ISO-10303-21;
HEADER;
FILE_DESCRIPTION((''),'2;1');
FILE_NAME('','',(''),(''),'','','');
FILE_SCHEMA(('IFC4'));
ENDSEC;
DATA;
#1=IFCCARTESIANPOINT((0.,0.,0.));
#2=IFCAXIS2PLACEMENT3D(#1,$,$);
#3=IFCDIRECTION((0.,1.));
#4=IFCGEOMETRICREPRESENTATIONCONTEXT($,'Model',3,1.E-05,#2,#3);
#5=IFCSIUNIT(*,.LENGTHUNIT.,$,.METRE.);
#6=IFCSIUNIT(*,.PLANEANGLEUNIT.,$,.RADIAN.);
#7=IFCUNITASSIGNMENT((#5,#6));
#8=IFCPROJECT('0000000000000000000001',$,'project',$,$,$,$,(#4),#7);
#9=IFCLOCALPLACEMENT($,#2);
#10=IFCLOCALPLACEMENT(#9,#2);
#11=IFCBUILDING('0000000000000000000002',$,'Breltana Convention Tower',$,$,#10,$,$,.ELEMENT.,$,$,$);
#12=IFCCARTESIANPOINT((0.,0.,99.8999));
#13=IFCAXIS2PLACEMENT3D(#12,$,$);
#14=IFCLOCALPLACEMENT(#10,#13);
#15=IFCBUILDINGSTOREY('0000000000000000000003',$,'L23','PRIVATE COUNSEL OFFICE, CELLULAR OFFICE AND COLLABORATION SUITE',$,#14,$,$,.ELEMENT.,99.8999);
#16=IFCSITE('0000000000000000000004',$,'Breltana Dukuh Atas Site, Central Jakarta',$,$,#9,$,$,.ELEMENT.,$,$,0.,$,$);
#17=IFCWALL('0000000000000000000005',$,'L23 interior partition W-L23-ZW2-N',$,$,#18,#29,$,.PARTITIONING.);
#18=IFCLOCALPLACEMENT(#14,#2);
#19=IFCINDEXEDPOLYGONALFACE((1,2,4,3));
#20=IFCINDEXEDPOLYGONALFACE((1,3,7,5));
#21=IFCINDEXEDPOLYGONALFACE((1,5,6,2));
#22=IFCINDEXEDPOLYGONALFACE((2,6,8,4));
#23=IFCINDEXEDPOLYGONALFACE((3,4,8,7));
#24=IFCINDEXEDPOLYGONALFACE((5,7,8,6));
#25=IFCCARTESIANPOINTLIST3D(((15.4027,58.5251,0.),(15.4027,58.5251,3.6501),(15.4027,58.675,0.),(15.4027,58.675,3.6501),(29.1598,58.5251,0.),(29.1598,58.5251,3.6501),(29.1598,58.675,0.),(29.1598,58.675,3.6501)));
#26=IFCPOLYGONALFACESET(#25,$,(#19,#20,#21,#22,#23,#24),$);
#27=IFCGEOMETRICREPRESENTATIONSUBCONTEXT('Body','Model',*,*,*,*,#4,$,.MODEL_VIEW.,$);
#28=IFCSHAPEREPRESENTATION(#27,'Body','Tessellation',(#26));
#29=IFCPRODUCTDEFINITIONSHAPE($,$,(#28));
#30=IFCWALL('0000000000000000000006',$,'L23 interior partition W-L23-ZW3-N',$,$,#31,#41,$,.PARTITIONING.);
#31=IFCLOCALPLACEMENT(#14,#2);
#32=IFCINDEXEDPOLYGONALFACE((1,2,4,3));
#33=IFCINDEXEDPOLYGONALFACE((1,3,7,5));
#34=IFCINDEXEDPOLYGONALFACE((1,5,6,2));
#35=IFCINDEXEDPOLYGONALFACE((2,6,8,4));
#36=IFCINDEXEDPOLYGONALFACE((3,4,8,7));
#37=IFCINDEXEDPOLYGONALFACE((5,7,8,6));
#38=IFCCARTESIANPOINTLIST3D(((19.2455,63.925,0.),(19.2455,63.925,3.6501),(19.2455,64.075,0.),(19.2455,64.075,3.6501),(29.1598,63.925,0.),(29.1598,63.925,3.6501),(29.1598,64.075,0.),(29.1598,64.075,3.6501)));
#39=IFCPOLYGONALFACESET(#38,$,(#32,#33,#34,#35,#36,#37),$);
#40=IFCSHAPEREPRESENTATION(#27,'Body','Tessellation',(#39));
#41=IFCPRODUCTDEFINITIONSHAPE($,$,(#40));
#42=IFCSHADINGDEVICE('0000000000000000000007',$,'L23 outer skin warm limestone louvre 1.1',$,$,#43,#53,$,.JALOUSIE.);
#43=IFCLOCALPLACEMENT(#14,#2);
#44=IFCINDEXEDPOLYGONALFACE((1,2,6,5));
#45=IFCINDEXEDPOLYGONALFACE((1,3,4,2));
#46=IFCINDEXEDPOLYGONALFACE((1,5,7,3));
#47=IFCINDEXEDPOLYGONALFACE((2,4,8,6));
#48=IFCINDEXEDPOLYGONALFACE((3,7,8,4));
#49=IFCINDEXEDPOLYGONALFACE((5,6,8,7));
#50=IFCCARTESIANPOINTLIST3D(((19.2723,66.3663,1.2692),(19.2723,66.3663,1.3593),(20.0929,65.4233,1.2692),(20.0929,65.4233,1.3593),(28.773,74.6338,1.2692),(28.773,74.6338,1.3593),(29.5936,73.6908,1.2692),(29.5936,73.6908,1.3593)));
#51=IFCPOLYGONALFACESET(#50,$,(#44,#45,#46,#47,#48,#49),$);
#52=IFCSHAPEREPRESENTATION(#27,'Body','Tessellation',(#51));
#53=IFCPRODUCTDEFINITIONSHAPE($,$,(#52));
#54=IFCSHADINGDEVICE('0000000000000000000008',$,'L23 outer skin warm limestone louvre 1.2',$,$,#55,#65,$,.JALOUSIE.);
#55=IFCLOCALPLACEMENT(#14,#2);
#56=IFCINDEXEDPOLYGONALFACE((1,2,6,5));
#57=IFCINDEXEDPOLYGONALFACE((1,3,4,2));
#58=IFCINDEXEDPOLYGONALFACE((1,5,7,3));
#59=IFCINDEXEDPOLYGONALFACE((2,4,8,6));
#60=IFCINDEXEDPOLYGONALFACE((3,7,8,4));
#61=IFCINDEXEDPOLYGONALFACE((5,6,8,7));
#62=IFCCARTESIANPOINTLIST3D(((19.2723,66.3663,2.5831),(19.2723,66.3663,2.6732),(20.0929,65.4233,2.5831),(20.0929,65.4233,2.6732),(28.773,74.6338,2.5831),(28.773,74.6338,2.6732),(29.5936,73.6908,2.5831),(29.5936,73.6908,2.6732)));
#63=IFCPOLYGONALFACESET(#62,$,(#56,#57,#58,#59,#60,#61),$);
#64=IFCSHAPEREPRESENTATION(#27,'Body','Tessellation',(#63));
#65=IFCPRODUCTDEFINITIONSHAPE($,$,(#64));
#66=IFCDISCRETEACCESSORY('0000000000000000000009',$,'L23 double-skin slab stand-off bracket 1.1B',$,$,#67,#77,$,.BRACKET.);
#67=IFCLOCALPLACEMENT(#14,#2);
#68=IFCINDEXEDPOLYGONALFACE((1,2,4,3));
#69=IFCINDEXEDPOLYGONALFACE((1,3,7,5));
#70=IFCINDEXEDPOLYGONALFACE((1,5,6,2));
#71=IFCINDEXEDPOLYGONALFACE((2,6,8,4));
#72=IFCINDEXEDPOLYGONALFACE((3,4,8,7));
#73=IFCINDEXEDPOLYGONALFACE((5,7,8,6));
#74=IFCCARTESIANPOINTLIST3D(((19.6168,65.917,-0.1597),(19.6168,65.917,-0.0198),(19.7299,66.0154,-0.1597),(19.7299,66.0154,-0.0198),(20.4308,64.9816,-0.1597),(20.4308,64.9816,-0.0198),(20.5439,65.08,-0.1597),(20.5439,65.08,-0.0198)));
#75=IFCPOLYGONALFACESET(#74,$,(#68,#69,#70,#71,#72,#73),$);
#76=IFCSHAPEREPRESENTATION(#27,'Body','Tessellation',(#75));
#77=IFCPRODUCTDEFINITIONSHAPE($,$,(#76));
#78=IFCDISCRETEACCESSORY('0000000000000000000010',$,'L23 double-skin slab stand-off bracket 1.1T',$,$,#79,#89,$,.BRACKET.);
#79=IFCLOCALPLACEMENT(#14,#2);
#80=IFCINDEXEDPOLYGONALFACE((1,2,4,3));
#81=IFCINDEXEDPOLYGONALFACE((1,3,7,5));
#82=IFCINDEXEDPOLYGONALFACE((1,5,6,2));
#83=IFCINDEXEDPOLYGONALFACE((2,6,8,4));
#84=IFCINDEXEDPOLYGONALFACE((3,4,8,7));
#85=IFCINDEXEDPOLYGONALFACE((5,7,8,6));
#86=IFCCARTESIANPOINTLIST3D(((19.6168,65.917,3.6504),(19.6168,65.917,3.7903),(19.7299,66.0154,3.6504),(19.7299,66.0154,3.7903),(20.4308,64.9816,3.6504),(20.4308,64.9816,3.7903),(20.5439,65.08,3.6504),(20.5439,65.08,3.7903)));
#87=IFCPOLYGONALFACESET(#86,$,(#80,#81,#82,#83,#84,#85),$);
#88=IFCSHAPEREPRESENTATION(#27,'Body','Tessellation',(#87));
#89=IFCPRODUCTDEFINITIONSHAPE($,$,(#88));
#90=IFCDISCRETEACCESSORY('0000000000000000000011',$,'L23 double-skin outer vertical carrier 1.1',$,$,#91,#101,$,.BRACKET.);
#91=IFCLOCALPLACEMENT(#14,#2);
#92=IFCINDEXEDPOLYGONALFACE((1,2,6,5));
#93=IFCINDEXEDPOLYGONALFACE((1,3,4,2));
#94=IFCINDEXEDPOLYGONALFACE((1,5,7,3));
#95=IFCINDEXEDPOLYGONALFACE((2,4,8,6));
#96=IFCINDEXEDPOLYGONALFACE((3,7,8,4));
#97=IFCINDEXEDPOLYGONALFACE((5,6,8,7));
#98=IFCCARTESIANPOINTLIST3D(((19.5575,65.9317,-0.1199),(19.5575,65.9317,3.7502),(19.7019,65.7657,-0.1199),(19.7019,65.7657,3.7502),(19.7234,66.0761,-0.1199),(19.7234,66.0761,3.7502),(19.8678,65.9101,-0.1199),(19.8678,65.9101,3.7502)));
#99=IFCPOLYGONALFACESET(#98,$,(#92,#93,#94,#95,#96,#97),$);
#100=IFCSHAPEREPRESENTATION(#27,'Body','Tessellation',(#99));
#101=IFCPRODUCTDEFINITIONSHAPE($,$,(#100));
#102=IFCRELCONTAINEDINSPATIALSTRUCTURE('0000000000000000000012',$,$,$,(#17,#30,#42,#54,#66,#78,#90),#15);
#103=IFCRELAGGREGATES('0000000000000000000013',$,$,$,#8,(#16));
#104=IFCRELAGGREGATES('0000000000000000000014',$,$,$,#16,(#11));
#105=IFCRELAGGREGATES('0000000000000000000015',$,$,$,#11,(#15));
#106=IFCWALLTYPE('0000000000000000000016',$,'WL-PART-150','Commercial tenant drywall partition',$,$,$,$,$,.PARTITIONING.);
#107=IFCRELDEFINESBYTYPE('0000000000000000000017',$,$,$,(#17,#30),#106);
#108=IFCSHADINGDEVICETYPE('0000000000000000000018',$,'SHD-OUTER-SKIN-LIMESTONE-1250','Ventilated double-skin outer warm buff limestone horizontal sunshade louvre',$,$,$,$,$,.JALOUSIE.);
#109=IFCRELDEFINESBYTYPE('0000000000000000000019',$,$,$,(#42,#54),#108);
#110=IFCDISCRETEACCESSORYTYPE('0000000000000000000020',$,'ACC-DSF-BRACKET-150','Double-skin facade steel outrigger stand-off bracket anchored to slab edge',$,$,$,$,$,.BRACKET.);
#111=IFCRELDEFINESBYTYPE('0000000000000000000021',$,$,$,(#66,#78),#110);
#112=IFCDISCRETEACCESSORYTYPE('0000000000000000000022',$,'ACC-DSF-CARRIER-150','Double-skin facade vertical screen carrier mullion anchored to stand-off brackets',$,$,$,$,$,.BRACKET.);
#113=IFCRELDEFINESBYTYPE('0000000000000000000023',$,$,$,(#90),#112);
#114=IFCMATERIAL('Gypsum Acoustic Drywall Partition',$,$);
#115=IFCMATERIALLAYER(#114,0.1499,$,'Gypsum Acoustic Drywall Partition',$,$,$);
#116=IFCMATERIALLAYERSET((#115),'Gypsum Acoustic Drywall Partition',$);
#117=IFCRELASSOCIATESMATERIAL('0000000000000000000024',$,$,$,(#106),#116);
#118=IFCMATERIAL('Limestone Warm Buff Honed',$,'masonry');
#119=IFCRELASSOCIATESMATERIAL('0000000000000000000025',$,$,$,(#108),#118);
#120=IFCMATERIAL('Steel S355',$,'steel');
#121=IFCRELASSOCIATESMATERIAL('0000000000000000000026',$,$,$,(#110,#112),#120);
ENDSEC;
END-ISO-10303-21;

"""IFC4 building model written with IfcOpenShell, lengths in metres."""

from ifc_helpers import new_model, si_unit, direction, frame, frame_2d, origin, origin_2d, place, context, subcontext, project, spatial, rectangle, extrude, source, transform, mapped, material, layer, layer_set, material_profile, profile_set, type_object, type_shapes, element, save


model = new_model("IFC4")

# Units and contexts
model_context = context("Model", 3, precision=1e-05, world=origin(), true_north=direction((0.0, 1.0)))
body_context = subcontext(model_context, "Body", "Model", "MODEL_VIEW")
ifc_project = project(units=[si_unit("LENGTHUNIT", "METRE"), si_unit("PLANEANGLEUNIT", "RADIAN")], contexts=[model_context])

# Site, building, storey
site_placement = place(None, origin())
site = spatial("IfcSite", under=ifc_project, at=site_placement, Name="Breltana Dukuh Atas Site, Central Jakarta", CompositionType="ELEMENT", RefElevation=0.0)
building_placement = place(site_placement, origin())
building = spatial("IfcBuilding", under=site, at=building_placement, Name="Breltana Convention Tower", CompositionType="ELEMENT")
storey_placement = place(building_placement, frame((0.0, 0.0, 99.8999)))
storey = spatial("IfcBuildingStorey", under=building, at=storey_placement, Name="L23", Description="PRIVATE COUNSEL OFFICE, CELLULAR OFFICE AND COLLABORATION SUITE", CompositionType="ELEMENT", Elevation=99.8999)

# Walls
ifc_material_1 = material(Name="Gypsum Acoustic Drywall Partition")
ifc_layer_1 = layer(ifc_material_1, 0.1499, Name="Gypsum Acoustic Drywall Partition")
ifc_layer_set_1 = layer_set([ifc_layer_1], Name="Gypsum Acoustic Drywall Partition")
wall_type_1 = type_object("IfcWallType", Name="WL-PART-150", Description="Commercial tenant drywall partition", PredefinedType="PARTITIONING", material=ifc_layer_set_1)
shared_shape_1 = source(origin(), body_context, "Body", "SweptSolid", [
    extrude(rectangle(XDim=13.7571, YDim=0.1499, at=frame_2d((6.8784, 0.0))), origin(), (0.0, 0.0, 1.0), 3.6501),
])
wall_1_placement = place(storey_placement, frame((15.4028, 58.6001, 0.0), z_axis=(0.0, 0.0, 1.0), x_axis=(1.0, 0.0, 0.0)))
element("IfcWall", 1, at=wall_1_placement, inside=storey, type_object=wall_type_1, Name="L23 interior partition W-L23-ZW2-N", PredefinedType="PARTITIONING", context=body_context, shape_type="MappedRepresentation", body=[
    mapped(shared_shape_1, transform((0.0, 0.0, 0.0), scale=1.0)),
])
shared_shape_2 = source(origin(), body_context, "Body", "SweptSolid", [
    extrude(rectangle(XDim=9.9143, YDim=0.1499, at=frame_2d((4.957, 0.0))), origin(), (0.0, 0.0, 1.0), 3.6501),
])
wall_2_placement = place(storey_placement, frame((19.2456, 64.0, 0.0), z_axis=(0.0, 0.0, 1.0), x_axis=(1.0, 0.0, 0.0)))
element("IfcWall", 2, at=wall_2_placement, inside=storey, type_object=wall_type_1, Name="L23 interior partition W-L23-ZW3-N", PredefinedType="PARTITIONING", context=body_context, shape_type="MappedRepresentation", body=[
    mapped(shared_shape_2, transform((0.0, 0.0, 0.0), scale=1.0)),
])

# Shading devices
ifc_material_2 = material(Name="Limestone Warm Buff Honed", Category="masonry")
ifc_material_profile_1 = material_profile(ifc_material_2, rectangle(XDim=1.25, YDim=0.0901, at=origin_2d()), Name="STN-LVR-1250X90")
ifc_profile_set_1 = profile_set([ifc_material_profile_1], Name="Limestone Warm Buff Honed")
shading_device_type = type_object("IfcShadingDeviceType", Name="SHD-OUTER-SKIN-LIMESTONE-1250", Description="Ventilated double-skin outer warm buff limestone horizontal sunshade louvre", PredefinedType="JALOUSIE", material=ifc_profile_set_1)
shared_shape_3 = source(origin(), body_context, "Body", "SweptSolid", [
    extrude(rectangle(XDim=1.25, YDim=0.0901, at=origin_2d()), origin(), (0.0, 0.0, 1.0), 12.5942),
])
for number, where, z_axis, x_axis, name in (
    (3, (19.6826, 65.8948, 1.3142), (0.754367, 0.656453, 0.0), (-0.656453, 0.754367, 0.0), "L23 outer skin warm limestone louvre 1.1"),
    (4, (19.6826, 65.8948, 2.6282), (0.754367, 0.656453, 0.0), (-0.656453, 0.754367, 0.0), "L23 outer skin warm limestone louvre 1.2"),
):
    element("IfcShadingDevice", number, at=place(storey_placement, frame(where, z_axis=z_axis, x_axis=x_axis)), inside=storey, type_object=shading_device_type, Name=name, PredefinedType="JALOUSIE", context=body_context, shape_type="MappedRepresentation", body=[
        mapped(shared_shape_3, transform((0.0, 0.0, 0.0), scale=1.0)),
    ])

# Discrete accessories
ifc_material_3 = material(Name="Steel S355", Category="steel")
discrete_accessory_type_1 = type_object("IfcDiscreteAccessoryType", Name="ACC-DSF-BRACKET-150", Description="Double-skin facade steel outrigger stand-off bracket anchored to slab edge", PredefinedType="BRACKET", material=ifc_material_3)
shared_shape_4 = source(origin(), body_context, "Body", "SweptSolid", [
    extrude(rectangle(XDim=1.24, YDim=0.1499, at=origin_2d()), origin(), (0.0, 0.0, 1.0), 0.1399),
])
type_shapes(discrete_accessory_type_1, [shared_shape_4])
for number, where, z_axis, x_axis, name in (
    (5, (20.0803, 65.4985, -0.1597), (0.0, 0.0, 1.0), (-0.656454, 0.754366, 0.0), "L23 double-skin slab stand-off bracket 1.1B"),
    (6, (20.0803, 65.4985, 3.6504), (0.0, 0.0, 1.0), (-0.656454, 0.754366, 0.0), "L23 double-skin slab stand-off bracket 1.1T"),
):
    element("IfcDiscreteAccessory", number, at=place(storey_placement, frame(where, z_axis=z_axis, x_axis=x_axis)), inside=storey, type_object=discrete_accessory_type_1, Name=name, PredefinedType="BRACKET", context=body_context, shape_type="MappedRepresentation", body=[
        mapped(shared_shape_4, transform((0.0, 0.0, 0.0), scale=1.0)),
    ])
discrete_accessory_type_2 = type_object("IfcDiscreteAccessoryType", Name="ACC-DSF-CARRIER-150", Description="Double-skin facade vertical screen carrier mullion anchored to stand-off brackets", PredefinedType="BRACKET", material=ifc_material_3)
shared_shape_5 = source(origin(), body_context, "Body", "SweptSolid", [
    extrude(rectangle(XDim=0.22, YDim=0.22, at=origin_2d()), origin(), (0.0, 0.0, 1.0), 3.8701),
])
discrete_accessory_placement = place(storey_placement, frame((19.7126, 65.9209, -0.1199), z_axis=(0.0, 0.0, 1.0), x_axis=(-0.656454, 0.754366, 0.0)))
element("IfcDiscreteAccessory", 7, at=discrete_accessory_placement, inside=storey, type_object=discrete_accessory_type_2, Name="L23 double-skin outer vertical carrier 1.1", PredefinedType="BRACKET", context=body_context, shape_type="MappedRepresentation", body=[
    mapped(shared_shape_5, transform((0.0, 0.0, 0.0), scale=1.0)),
])

save(model, "model.ifc")
